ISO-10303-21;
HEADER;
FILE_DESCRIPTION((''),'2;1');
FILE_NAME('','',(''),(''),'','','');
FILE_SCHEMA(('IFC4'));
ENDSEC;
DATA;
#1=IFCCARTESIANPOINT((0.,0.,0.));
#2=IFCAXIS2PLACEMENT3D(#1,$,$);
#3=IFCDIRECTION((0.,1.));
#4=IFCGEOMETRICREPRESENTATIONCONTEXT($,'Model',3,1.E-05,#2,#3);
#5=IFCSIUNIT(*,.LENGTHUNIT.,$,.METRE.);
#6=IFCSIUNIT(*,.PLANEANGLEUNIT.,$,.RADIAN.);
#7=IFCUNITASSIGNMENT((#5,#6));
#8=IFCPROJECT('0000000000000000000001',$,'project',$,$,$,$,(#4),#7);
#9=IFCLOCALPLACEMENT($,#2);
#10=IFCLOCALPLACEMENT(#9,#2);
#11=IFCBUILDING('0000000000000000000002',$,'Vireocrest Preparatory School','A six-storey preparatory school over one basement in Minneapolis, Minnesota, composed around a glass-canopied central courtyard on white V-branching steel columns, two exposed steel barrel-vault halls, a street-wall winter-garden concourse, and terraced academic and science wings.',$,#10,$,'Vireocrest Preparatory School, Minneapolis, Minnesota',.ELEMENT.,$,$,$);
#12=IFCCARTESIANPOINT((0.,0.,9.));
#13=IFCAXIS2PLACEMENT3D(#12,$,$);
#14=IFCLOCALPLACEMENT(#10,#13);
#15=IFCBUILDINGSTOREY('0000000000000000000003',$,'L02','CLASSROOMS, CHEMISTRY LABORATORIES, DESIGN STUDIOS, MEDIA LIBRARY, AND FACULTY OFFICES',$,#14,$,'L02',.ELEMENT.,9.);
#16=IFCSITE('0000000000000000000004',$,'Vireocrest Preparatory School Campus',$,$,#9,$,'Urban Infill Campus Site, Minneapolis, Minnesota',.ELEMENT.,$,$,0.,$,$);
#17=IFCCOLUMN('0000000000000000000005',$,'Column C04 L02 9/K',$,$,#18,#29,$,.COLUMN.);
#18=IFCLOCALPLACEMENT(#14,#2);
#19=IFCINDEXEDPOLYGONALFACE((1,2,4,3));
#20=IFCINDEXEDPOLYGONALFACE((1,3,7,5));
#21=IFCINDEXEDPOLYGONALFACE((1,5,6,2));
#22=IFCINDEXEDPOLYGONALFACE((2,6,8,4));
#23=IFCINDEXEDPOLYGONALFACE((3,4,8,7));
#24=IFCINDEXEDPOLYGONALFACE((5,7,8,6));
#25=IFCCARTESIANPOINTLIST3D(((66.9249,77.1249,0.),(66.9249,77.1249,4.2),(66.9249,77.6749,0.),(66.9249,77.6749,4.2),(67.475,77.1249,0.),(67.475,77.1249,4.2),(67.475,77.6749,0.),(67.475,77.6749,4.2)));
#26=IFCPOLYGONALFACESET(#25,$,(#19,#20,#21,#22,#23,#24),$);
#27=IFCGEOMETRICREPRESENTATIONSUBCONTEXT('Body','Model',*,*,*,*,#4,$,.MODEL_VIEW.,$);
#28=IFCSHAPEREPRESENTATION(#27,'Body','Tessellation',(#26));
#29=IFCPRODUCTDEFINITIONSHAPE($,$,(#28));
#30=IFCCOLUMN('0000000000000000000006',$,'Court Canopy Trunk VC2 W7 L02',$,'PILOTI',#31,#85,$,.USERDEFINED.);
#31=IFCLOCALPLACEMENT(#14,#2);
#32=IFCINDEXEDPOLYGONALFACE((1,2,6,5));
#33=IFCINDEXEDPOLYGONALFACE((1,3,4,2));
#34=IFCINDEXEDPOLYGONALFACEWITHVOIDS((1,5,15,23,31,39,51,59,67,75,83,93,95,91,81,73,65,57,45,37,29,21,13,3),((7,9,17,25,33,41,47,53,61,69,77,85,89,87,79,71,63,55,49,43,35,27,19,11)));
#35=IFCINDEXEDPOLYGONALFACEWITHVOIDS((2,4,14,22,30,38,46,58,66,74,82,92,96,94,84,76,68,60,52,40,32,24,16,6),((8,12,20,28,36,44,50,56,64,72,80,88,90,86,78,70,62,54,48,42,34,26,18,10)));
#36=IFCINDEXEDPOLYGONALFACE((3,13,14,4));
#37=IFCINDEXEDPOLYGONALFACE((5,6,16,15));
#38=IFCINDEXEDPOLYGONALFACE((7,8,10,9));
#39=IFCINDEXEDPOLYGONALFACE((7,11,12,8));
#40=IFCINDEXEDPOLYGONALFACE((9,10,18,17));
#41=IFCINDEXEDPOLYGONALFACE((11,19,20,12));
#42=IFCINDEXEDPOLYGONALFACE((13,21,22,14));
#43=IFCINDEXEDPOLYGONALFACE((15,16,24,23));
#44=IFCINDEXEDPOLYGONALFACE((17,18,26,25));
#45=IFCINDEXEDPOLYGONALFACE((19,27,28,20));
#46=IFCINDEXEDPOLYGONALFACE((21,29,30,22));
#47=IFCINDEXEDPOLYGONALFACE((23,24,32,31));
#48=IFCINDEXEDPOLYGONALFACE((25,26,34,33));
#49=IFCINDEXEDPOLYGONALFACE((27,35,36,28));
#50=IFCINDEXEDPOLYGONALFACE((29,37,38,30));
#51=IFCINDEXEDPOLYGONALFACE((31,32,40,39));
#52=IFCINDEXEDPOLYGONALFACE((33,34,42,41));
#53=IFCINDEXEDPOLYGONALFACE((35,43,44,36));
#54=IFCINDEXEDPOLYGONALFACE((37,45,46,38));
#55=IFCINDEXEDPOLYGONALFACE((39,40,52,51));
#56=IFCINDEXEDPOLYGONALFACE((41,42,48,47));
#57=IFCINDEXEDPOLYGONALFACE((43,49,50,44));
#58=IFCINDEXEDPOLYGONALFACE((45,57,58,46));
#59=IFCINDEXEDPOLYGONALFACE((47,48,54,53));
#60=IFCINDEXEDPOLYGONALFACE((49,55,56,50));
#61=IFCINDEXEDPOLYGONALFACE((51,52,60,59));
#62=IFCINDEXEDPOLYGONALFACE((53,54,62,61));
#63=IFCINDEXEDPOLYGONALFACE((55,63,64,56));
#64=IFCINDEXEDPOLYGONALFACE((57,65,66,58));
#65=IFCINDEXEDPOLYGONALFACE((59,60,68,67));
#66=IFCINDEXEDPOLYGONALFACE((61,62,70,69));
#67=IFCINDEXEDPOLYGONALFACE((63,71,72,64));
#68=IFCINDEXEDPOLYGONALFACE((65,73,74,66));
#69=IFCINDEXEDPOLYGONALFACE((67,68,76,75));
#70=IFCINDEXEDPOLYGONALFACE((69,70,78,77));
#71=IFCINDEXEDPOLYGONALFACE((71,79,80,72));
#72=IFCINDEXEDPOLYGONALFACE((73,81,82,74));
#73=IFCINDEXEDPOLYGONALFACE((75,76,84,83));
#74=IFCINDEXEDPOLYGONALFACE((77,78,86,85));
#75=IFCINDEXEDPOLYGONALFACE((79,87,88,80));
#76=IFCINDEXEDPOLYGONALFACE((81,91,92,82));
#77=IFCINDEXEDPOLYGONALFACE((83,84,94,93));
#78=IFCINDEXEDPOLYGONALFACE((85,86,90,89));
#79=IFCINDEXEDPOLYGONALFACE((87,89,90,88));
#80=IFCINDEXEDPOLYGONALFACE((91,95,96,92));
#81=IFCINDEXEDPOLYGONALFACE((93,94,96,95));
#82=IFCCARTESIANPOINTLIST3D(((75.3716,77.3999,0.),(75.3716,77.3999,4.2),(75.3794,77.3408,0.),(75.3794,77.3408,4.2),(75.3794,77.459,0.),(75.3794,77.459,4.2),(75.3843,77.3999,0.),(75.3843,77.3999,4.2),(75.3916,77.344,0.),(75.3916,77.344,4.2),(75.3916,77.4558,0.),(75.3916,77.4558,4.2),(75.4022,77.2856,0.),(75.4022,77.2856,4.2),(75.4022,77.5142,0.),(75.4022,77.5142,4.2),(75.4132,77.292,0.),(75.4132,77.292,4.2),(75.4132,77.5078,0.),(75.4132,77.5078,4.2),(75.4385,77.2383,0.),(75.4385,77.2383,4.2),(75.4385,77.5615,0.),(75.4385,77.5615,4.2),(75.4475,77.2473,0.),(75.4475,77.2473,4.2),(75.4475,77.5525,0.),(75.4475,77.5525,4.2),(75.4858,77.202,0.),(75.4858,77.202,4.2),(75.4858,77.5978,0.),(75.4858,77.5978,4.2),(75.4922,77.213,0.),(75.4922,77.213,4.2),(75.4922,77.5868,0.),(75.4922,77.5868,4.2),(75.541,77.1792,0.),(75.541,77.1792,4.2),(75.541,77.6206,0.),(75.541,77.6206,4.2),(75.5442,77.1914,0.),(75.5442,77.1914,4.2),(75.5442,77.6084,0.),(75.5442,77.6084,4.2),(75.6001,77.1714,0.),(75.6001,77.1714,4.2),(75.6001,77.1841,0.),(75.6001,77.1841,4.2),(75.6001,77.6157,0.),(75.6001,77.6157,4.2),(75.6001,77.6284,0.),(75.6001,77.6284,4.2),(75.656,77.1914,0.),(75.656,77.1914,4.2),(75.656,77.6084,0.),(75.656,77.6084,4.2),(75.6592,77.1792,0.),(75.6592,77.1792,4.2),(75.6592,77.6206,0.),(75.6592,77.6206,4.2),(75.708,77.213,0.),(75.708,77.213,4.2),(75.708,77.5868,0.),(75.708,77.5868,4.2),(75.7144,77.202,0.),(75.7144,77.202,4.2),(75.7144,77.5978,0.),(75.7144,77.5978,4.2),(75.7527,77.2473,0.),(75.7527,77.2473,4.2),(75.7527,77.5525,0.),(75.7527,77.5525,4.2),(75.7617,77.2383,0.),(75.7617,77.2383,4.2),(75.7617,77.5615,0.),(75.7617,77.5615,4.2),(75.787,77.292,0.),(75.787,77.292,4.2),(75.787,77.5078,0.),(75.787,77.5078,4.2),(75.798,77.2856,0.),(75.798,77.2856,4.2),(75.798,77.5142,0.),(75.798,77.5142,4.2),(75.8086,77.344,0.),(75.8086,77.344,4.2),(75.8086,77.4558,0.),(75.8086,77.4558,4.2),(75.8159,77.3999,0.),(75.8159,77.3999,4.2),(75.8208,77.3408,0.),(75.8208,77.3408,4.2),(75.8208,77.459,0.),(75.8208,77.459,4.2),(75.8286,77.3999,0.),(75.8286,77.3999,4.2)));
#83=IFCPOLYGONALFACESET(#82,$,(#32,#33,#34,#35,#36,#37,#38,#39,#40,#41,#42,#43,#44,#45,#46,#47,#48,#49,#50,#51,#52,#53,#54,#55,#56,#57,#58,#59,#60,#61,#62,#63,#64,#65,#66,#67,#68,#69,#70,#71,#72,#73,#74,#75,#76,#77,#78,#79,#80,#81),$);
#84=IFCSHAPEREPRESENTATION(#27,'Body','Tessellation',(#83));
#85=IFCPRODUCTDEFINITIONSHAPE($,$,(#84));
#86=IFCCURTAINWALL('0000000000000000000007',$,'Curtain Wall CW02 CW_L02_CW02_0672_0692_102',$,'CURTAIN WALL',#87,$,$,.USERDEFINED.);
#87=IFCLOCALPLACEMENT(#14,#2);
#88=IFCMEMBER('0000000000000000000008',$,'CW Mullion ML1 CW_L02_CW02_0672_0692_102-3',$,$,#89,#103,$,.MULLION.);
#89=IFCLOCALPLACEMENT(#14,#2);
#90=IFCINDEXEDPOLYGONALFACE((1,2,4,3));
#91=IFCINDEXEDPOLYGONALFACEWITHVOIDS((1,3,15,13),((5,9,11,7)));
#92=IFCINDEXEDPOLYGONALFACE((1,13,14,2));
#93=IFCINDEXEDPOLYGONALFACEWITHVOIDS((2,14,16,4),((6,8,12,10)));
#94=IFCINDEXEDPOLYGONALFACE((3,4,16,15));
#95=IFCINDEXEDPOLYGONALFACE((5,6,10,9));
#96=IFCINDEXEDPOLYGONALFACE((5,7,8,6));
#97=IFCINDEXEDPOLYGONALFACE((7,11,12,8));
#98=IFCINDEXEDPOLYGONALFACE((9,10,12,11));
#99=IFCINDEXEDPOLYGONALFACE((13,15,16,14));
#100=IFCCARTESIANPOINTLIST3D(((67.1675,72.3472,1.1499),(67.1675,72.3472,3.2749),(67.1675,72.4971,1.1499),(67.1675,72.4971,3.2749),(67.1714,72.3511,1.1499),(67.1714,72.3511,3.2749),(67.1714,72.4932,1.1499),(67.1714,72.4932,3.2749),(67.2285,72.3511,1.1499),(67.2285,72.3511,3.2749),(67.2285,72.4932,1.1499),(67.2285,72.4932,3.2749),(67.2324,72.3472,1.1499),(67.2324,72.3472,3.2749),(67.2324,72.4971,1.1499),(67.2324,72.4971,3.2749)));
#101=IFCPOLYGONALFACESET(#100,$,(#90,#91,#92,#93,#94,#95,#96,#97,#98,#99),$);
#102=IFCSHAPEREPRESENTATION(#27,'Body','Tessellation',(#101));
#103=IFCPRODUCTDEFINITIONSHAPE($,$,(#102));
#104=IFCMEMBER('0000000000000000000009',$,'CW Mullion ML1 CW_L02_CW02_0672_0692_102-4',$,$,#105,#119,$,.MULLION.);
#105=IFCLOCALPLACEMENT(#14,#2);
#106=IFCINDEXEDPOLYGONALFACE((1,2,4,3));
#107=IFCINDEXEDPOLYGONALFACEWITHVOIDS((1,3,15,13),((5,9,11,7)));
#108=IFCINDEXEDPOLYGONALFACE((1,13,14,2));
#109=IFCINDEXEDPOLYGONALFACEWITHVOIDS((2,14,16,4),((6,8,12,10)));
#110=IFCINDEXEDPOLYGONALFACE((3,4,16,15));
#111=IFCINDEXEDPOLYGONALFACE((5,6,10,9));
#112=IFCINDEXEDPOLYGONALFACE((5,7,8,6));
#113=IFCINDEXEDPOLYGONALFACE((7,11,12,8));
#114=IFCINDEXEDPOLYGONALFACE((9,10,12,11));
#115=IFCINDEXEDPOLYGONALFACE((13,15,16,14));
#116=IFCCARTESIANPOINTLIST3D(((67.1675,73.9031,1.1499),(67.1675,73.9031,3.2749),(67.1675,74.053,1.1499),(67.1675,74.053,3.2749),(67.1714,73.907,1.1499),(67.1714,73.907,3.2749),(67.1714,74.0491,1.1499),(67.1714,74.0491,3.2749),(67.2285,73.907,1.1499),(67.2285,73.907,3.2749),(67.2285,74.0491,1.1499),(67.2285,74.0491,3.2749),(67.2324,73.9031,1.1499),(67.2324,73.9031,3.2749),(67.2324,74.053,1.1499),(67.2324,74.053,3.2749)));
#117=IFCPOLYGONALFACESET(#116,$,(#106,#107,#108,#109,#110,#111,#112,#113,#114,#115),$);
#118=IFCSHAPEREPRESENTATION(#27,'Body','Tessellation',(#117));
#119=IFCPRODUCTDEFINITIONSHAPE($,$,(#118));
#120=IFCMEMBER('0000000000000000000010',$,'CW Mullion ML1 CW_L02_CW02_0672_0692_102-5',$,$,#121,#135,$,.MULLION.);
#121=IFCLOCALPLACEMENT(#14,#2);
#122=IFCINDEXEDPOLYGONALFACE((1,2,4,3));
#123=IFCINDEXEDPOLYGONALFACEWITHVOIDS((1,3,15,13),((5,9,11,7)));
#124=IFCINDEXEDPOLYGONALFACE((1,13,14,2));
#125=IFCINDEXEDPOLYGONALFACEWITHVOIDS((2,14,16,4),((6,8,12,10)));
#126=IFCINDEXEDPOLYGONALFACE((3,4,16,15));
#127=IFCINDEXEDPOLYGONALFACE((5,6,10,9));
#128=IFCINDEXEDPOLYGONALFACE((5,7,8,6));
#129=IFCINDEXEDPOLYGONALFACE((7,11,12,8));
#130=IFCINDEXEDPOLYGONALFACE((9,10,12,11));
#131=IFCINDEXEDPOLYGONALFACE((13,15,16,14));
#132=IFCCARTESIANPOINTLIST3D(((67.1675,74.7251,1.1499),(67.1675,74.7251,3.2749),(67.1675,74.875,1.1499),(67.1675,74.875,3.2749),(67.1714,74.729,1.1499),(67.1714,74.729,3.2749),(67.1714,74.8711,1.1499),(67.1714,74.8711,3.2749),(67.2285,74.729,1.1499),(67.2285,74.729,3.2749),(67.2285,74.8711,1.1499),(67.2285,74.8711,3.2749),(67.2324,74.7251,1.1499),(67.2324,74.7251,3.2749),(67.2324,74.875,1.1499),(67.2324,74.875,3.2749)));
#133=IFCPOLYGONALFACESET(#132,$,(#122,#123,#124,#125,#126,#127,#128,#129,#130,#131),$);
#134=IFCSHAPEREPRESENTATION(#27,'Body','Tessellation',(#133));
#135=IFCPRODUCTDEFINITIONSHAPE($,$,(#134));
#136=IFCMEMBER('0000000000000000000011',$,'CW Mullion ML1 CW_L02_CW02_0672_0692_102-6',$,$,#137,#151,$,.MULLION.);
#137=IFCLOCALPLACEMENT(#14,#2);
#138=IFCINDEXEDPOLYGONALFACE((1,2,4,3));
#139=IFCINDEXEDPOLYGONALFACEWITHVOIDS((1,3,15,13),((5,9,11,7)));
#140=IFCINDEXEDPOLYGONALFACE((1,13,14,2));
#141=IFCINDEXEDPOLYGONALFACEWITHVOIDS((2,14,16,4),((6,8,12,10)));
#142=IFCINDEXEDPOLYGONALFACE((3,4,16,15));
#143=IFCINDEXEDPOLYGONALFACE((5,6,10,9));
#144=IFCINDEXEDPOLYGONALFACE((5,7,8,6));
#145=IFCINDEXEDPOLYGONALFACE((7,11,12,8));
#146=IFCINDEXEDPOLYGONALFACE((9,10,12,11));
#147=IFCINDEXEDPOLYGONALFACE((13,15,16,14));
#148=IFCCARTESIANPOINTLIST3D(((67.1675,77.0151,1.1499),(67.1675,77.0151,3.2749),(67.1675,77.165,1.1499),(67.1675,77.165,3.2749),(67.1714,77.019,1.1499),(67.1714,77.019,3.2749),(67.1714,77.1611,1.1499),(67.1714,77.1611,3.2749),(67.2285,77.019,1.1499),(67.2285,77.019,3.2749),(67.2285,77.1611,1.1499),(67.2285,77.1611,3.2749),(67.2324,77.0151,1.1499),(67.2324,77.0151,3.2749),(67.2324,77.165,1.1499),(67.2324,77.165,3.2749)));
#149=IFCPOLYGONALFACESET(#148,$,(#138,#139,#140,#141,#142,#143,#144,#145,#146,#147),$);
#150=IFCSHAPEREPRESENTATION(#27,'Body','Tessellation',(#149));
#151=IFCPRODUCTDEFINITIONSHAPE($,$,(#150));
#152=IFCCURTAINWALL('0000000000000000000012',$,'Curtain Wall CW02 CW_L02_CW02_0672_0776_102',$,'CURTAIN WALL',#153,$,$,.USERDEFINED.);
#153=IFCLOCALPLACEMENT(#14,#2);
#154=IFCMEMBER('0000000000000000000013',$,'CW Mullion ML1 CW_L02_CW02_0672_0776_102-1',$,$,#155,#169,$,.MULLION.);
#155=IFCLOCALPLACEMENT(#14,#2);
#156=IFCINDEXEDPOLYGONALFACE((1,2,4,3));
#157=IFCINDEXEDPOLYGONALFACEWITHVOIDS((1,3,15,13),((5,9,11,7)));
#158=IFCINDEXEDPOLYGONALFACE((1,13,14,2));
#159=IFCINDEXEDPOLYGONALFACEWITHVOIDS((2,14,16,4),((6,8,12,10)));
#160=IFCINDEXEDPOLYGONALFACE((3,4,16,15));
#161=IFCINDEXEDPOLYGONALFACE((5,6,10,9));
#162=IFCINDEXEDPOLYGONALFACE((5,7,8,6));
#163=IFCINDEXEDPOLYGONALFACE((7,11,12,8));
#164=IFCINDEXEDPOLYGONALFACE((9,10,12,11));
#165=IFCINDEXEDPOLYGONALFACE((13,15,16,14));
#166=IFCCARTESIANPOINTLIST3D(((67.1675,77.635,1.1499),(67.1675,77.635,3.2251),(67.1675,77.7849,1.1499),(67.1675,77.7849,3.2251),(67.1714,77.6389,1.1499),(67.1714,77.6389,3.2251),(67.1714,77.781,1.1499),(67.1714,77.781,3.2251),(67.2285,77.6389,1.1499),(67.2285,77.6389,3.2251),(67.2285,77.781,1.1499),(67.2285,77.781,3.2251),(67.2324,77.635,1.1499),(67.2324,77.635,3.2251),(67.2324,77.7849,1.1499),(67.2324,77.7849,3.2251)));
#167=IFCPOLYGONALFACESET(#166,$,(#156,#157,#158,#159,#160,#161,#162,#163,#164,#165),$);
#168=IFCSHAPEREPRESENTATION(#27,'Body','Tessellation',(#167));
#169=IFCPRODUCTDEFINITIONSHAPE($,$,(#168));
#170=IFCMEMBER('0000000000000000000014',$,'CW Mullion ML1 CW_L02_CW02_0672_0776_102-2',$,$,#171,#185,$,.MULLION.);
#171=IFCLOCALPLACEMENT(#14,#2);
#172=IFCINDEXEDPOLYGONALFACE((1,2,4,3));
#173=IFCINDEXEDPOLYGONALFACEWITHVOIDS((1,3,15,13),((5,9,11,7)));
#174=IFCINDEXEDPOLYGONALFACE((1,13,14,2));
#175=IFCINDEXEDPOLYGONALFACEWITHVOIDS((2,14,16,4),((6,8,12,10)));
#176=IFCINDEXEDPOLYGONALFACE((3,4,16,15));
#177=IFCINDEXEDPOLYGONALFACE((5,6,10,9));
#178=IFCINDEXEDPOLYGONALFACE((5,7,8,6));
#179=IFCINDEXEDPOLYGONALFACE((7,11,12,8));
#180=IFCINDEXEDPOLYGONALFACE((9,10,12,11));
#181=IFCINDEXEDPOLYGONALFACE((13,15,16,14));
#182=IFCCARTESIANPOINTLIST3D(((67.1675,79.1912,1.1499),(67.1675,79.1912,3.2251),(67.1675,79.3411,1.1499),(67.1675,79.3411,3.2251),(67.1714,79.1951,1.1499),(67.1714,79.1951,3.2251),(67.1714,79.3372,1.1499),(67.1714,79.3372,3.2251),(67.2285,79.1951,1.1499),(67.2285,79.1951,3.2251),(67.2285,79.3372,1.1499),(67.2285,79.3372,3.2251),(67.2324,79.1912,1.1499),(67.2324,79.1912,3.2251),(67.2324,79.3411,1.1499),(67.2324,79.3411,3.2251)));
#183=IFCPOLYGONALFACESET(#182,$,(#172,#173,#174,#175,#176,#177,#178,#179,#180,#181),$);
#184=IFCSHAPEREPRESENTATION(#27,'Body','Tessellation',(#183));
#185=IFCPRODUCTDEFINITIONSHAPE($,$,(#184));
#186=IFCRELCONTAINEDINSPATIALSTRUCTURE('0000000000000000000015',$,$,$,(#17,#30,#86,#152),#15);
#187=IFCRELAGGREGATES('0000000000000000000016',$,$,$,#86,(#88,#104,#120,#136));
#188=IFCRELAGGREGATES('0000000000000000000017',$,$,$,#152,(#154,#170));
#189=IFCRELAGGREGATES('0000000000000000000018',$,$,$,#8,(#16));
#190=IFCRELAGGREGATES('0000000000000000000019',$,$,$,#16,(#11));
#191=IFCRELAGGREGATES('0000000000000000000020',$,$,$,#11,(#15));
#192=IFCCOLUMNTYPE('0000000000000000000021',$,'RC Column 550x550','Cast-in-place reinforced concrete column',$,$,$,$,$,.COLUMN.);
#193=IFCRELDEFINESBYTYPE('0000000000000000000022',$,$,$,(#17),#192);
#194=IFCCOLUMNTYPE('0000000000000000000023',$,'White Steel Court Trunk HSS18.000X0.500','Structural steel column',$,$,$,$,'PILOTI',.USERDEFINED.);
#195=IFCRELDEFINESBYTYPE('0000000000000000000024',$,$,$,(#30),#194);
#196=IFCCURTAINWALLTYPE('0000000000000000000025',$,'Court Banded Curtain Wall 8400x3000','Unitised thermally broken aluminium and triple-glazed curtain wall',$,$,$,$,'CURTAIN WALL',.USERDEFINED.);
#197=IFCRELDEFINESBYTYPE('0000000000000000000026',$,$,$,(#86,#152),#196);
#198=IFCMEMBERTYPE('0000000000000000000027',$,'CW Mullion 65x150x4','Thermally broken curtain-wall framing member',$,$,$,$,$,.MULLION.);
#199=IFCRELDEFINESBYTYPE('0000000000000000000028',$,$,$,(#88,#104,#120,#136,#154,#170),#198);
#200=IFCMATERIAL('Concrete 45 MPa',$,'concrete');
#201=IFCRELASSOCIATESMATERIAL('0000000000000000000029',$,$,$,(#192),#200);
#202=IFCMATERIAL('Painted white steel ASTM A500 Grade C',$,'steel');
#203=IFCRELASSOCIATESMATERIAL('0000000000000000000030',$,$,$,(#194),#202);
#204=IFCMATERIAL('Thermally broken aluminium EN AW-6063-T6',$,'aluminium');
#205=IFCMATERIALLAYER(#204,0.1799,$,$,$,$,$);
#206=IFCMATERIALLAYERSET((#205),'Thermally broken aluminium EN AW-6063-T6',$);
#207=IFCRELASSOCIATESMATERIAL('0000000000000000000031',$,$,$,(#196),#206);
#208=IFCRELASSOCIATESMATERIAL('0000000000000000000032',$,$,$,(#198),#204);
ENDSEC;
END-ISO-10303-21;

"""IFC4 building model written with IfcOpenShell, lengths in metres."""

from ifc_helpers import new_model, si_unit, direction, frame, origin, origin_2d, place, context, subcontext, project, spatial, rectangle, hollow_rectangle, hollow_circle, extrude, material, layer, layer_set, material_profile, profile_set, type_object, element, aggregate, save


model = new_model("IFC4")

# Units and contexts
model_context = context("Model", 3, precision=1e-05, world=origin(), true_north=direction((0.0, 1.0)))
body_context = subcontext(model_context, "Body", "Model", "MODEL_VIEW")
ifc_project = project(units=[si_unit("LENGTHUNIT", "METRE"), si_unit("PLANEANGLEUNIT", "RADIAN")], contexts=[model_context])

# Site, building, storey
site_placement = place(None, origin())
site = spatial("IfcSite", under=ifc_project, at=site_placement, Name="Vireocrest Preparatory School Campus", LongName="Urban Infill Campus Site, Minneapolis, Minnesota", CompositionType="ELEMENT", RefElevation=0.0)
building_placement = place(site_placement, origin())
building = spatial("IfcBuilding", under=site, at=building_placement, Name="Vireocrest Preparatory School", Description="A six-storey preparatory school over one basement in Minneapolis, Minnesota, composed around a glass-canopied central courtyard on white V-branching steel columns, two exposed steel barrel-vault halls, a street-wall winter-garden concourse, and terraced academic and science wings.", LongName="Vireocrest Preparatory School, Minneapolis, Minnesota", CompositionType="ELEMENT")
storey_placement = place(building_placement, frame((0.0, 0.0, 9.0)))
storey = spatial("IfcBuildingStorey", under=building, at=storey_placement, Name="L02", Description="CLASSROOMS, CHEMISTRY LABORATORIES, DESIGN STUDIOS, MEDIA LIBRARY, AND FACULTY OFFICES", LongName="L02", CompositionType="ELEMENT", Elevation=9.0)

# Columns
ifc_material_1 = material(Name="Concrete 45 MPa", Category="concrete")
ifc_material_profile_1 = material_profile(ifc_material_1, rectangle(XDim=0.55, YDim=0.55, at=origin_2d()), Name="RC 550x550")
ifc_profile_set_1 = profile_set([ifc_material_profile_1], Name="Concrete 45 MPa")
column_type_1 = type_object("IfcColumnType", Name="RC Column 550x550", Description="Cast-in-place reinforced concrete column", PredefinedType="COLUMN", material=ifc_profile_set_1)
column_1_placement = place(storey_placement, frame((67.2, 77.3999, 0.0), z_axis=(0.0, 0.0, 1.0), x_axis=(1.0, 0.0, 0.0)))
element("IfcColumn", 1, at=column_1_placement, inside=storey, type_object=column_type_1, Name="Column C04 L02 9/K", PredefinedType="COLUMN", context=body_context, shape_type="SweptSolid", body=[
    extrude(rectangle(XDim=0.55, YDim=0.55, at=origin_2d()), origin(), (0.0, 0.0, 1.0), 4.2),
])
ifc_material_2 = material(Name="Painted white steel ASTM A500 Grade C", Category="steel")
ifc_material_profile_2 = material_profile(ifc_material_2, hollow_circle(Radius=0.2285, WallThickness=0.0127, at=origin_2d()), Name="HSS18.000X0.500")
ifc_profile_set_2 = profile_set([ifc_material_profile_2], Name="Painted white steel ASTM A500 Grade C")
column_type_2 = type_object("IfcColumnType", Name="White Steel Court Trunk HSS18.000X0.500", Description="Structural steel column", ElementType="PILOTI", PredefinedType="USERDEFINED", material=ifc_profile_set_2)
column_2_placement = place(storey_placement, frame((75.6001, 77.3999, 0.0), z_axis=(0.0, 0.0, 1.0), x_axis=(1.0, 0.0, 0.0)))
element("IfcColumn", 2, at=column_2_placement, inside=storey, type_object=column_type_2, Name="Court Canopy Trunk VC2 W7 L02", ObjectType="PILOTI", PredefinedType="USERDEFINED", context=body_context, shape_type="SweptSolid", body=[
    extrude(hollow_circle(Radius=0.2285, WallThickness=0.0127, at=origin_2d()), origin(), (0.0, 0.0, 1.0), 4.2),
])

# Curtain walls, members
ifc_material_3 = material(Name="Thermally broken aluminium EN AW-6063-T6", Category="aluminium")
ifc_layer_1 = layer(ifc_material_3, 0.1799)
ifc_layer_set_1 = layer_set([ifc_layer_1], Name="Thermally broken aluminium EN AW-6063-T6")
curtain_wall_type = type_object("IfcCurtainWallType", Name="Court Banded Curtain Wall 8400x3000", Description="Unitised thermally broken aluminium and triple-glazed curtain wall", ElementType="CURTAIN WALL", PredefinedType="USERDEFINED", material=ifc_layer_set_1)
curtain_wall_1_placement = place(storey_placement, origin())
curtain_wall_1 = element("IfcCurtainWall", 3, at=curtain_wall_1_placement, inside=storey, type_object=curtain_wall_type, Name="Curtain Wall CW02 CW_L02_CW02_0672_0692_102", ObjectType="CURTAIN WALL", PredefinedType="USERDEFINED")
ifc_material_profile_3 = material_profile(ifc_material_3, hollow_rectangle(XDim=0.0649, YDim=0.1499, WallThickness=0.0039, at=origin_2d()), Name="ALU 65x150x4")
ifc_profile_set_3 = profile_set([ifc_material_profile_3], Name="Thermally broken aluminium EN AW-6063-T6")
member_type_1 = type_object("IfcMemberType", Name="CW Mullion 65x150x4", Description="Thermally broken curtain-wall framing member", PredefinedType="MULLION", material=ifc_profile_set_3)
member_1_placement = place(storey_placement, frame((67.2, 72.4221, 1.1499), z_axis=(0.0, 0.0, 1.0), x_axis=(1.0, 0.0, 0.0)))
member_1 = element("IfcMember", 4, at=member_1_placement, type_object=member_type_1, Name="CW Mullion ML1 CW_L02_CW02_0672_0692_102-3", PredefinedType="MULLION", context=body_context, shape_type="SweptSolid", body=[
    extrude(hollow_rectangle(XDim=0.0649, YDim=0.1499, WallThickness=0.0039, at=origin_2d()), origin(), (0.0, 0.0, 1.0), 2.125),
])
member_2_placement = place(storey_placement, frame((67.2, 73.978, 1.1499), z_axis=(0.0, 0.0, 1.0), x_axis=(1.0, 0.0, 0.0)))
member_2 = element("IfcMember", 5, at=member_2_placement, type_object=member_type_1, Name="CW Mullion ML1 CW_L02_CW02_0672_0692_102-4", PredefinedType="MULLION", context=body_context, shape_type="SweptSolid", body=[
    extrude(hollow_rectangle(XDim=0.0649, YDim=0.1499, WallThickness=0.0039, at=origin_2d()), origin(), (0.0, 0.0, 1.0), 2.125),
])
member_3_placement = place(storey_placement, frame((67.2, 74.8, 1.1499), z_axis=(0.0, 0.0, 1.0), x_axis=(1.0, 0.0, 0.0)))
member_3 = element("IfcMember", 6, at=member_3_placement, type_object=member_type_1, Name="CW Mullion ML1 CW_L02_CW02_0672_0692_102-5", PredefinedType="MULLION", context=body_context, shape_type="SweptSolid", body=[
    extrude(hollow_rectangle(XDim=0.0649, YDim=0.1499, WallThickness=0.0039, at=origin_2d()), origin(), (0.0, 0.0, 1.0), 2.125),
])
member_4_placement = place(storey_placement, frame((67.2, 77.0901, 1.1499), z_axis=(0.0, 0.0, 1.0), x_axis=(1.0, 0.0, 0.0)))
member_4 = element("IfcMember", 7, at=member_4_placement, type_object=member_type_1, Name="CW Mullion ML1 CW_L02_CW02_0672_0692_102-6", PredefinedType="MULLION", context=body_context, shape_type="SweptSolid", body=[
    extrude(hollow_rectangle(XDim=0.0649, YDim=0.1499, WallThickness=0.0039, at=origin_2d()), origin(), (0.0, 0.0, 1.0), 2.125),
])
curtain_wall_2_placement = place(storey_placement, origin())
curtain_wall_2 = element("IfcCurtainWall", 8, at=curtain_wall_2_placement, inside=storey, type_object=curtain_wall_type, Name="Curtain Wall CW02 CW_L02_CW02_0672_0776_102", ObjectType="CURTAIN WALL", PredefinedType="USERDEFINED")
member_5_placement = place(storey_placement, frame((67.2, 77.71, 1.1499), z_axis=(0.0, 0.0, 1.0), x_axis=(1.0, 0.0, 0.0)))
member_5 = element("IfcMember", 9, at=member_5_placement, type_object=member_type_1, Name="CW Mullion ML1 CW_L02_CW02_0672_0776_102-1", PredefinedType="MULLION", context=body_context, shape_type="SweptSolid", body=[
    extrude(hollow_rectangle(XDim=0.0649, YDim=0.1499, WallThickness=0.0039, at=origin_2d()), origin(), (0.0, 0.0, 1.0), 2.0752),
])
member_6_placement = place(storey_placement, frame((67.2, 79.2661, 1.1499), z_axis=(0.0, 0.0, 1.0), x_axis=(1.0, 0.0, 0.0)))
member_6 = element("IfcMember", 10, at=member_6_placement, type_object=member_type_1, Name="CW Mullion ML1 CW_L02_CW02_0672_0776_102-2", PredefinedType="MULLION", context=body_context, shape_type="SweptSolid", body=[
    extrude(hollow_rectangle(XDim=0.0649, YDim=0.1499, WallThickness=0.0039, at=origin_2d()), origin(), (0.0, 0.0, 1.0), 2.0752),
])

aggregate(curtain_wall_1, [member_1, member_2, member_3, member_4])
aggregate(curtain_wall_2, [member_5, member_6])

save(model, "model.ifc")
